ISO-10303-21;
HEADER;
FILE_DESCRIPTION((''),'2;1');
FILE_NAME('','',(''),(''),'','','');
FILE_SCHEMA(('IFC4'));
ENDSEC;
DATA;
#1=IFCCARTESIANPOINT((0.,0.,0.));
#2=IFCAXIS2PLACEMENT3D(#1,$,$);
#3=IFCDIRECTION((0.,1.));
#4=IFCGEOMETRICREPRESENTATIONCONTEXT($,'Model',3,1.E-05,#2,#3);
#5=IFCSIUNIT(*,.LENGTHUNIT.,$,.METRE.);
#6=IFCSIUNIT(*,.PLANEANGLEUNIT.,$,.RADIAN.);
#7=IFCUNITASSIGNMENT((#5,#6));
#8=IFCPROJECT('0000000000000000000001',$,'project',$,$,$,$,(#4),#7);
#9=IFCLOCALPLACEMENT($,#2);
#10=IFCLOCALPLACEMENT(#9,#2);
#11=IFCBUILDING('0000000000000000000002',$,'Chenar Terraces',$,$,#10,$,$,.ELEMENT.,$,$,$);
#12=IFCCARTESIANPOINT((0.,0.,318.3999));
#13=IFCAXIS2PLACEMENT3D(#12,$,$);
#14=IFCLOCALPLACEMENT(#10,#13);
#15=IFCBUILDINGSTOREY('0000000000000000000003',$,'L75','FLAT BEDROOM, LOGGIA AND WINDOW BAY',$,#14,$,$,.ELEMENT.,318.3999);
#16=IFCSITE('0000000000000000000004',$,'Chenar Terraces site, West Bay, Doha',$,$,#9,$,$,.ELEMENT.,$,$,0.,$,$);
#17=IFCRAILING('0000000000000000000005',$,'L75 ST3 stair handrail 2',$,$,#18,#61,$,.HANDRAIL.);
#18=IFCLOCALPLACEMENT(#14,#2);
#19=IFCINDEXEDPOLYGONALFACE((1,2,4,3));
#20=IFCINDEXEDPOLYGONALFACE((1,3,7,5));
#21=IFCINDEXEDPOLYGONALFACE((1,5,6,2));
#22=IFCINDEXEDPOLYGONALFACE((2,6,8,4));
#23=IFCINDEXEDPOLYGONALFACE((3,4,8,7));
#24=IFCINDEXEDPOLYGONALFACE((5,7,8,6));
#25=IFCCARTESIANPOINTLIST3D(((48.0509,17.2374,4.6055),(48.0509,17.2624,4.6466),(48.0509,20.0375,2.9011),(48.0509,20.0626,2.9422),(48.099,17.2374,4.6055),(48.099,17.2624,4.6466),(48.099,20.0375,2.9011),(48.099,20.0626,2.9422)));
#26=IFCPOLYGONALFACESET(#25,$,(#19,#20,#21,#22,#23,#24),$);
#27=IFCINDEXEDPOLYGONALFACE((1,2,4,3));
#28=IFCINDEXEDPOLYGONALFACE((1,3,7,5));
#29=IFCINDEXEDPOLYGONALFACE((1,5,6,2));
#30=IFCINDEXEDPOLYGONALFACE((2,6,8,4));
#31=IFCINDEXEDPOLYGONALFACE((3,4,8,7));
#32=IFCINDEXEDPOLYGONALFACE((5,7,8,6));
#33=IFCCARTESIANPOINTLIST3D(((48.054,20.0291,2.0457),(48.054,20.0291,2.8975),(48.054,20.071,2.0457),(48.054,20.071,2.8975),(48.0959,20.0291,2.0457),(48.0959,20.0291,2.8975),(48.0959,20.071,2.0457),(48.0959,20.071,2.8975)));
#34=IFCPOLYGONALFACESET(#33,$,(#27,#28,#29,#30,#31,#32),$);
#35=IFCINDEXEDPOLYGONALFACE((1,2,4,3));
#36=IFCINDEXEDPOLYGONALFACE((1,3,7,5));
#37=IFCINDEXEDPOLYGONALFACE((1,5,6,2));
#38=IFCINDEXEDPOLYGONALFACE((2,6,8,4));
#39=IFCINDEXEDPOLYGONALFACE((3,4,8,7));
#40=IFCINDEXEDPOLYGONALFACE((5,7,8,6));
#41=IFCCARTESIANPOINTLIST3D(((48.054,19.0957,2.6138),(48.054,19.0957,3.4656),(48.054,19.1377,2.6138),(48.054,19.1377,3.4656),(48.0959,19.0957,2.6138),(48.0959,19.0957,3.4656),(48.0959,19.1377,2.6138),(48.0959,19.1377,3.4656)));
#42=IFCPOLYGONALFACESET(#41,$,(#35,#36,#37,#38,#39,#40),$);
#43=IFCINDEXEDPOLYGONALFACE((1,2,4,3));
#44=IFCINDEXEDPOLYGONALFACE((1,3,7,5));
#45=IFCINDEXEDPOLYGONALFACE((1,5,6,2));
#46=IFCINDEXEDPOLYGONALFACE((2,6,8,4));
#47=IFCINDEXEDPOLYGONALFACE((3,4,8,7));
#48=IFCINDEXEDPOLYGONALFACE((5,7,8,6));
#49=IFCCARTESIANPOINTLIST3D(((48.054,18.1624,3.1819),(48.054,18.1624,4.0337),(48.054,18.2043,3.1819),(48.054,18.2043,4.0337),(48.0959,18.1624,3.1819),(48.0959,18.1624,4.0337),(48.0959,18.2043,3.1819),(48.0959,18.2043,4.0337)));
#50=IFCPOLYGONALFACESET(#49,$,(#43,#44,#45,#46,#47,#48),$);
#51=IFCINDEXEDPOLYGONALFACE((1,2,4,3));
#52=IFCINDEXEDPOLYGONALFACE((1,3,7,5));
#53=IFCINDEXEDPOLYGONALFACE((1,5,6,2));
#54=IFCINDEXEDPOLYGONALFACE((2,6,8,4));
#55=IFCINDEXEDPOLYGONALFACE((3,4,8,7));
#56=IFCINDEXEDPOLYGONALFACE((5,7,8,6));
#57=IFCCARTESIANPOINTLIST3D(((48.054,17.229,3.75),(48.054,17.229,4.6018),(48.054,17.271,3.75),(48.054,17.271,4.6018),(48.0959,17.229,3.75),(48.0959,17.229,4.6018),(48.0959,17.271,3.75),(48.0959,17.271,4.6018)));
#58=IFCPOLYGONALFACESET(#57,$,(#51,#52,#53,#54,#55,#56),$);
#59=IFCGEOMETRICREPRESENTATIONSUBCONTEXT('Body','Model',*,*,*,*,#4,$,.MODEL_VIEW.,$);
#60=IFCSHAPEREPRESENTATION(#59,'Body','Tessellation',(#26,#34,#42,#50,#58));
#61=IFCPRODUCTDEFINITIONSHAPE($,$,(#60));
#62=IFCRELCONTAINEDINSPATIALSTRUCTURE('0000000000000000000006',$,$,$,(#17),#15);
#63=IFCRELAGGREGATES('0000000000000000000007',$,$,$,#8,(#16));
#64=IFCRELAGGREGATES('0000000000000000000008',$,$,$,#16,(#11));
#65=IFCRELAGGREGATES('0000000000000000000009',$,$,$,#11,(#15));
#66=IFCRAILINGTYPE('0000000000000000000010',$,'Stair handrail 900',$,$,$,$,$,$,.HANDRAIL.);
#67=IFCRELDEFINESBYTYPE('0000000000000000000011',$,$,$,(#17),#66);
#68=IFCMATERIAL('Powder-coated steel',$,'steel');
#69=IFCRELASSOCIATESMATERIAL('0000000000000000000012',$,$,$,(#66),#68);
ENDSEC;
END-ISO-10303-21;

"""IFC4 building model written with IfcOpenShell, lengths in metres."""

from ifc_helpers import new_model, si_unit, direction, frame, origin, origin_2d, place, context, subcontext, project, spatial, rectangle, extrude, material, type_object, element, save


model = new_model("IFC4")

# Units and contexts
model_context = context("Model", 3, precision=1e-05, world=origin(), true_north=direction((0.0, 1.0)))
body_context = subcontext(model_context, "Body", "Model", "MODEL_VIEW")
ifc_project = project(units=[si_unit("LENGTHUNIT", "METRE"), si_unit("PLANEANGLEUNIT", "RADIAN")], contexts=[model_context])

# Site, building, storey
site_placement = place(None, origin())
site = spatial("IfcSite", under=ifc_project, at=site_placement, Name="Chenar Terraces site, West Bay, Doha", CompositionType="ELEMENT", RefElevation=0.0)
building_placement = place(site_placement, origin())
building = spatial("IfcBuilding", under=site, at=building_placement, Name="Chenar Terraces", CompositionType="ELEMENT")
storey_placement = place(building_placement, frame((0.0, 0.0, 318.3999)))
storey = spatial("IfcBuildingStorey", under=building, at=storey_placement, Name="L75", Description="FLAT BEDROOM, LOGGIA AND WINDOW BAY", CompositionType="ELEMENT", Elevation=318.3999)

# Railing
ifc_material_1 = material(Name="Powder-coated steel", Category="steel")
railing_type_1 = type_object("IfcRailingType", Name="Stair handrail 900", PredefinedType="HANDRAIL", material=ifc_material_1)
railing_1_placement = place(storey_placement, frame((48.075, 20.05, 2.0457)))
element("IfcRailing", 1, at=railing_1_placement, inside=storey, type_object=railing_type_1, Name="L75 ST3 stair handrail 2", PredefinedType="HANDRAIL", context=body_context, shape_type="SweptSolid", body=[
    extrude(rectangle(XDim=0.0481, YDim=0.0481, at=origin_2d()), frame((0.0, 0.0, 0.876), z_axis=(0.0, -0.854203, 0.51994), x_axis=(1.0, 0.0, 0.0)), (0.0, 0.0, 1.0), 3.2781),
    extrude(rectangle(XDim=0.042, YDim=0.042, at=origin_2d()), origin(), (0.0, 0.0, 1.0), 0.8518),
    extrude(rectangle(XDim=0.042, YDim=0.042, at=origin_2d()), frame((0.0, -0.9333, 0.5681)), (0.0, 0.0, 1.0), 0.8518),
    extrude(rectangle(XDim=0.042, YDim=0.042, at=origin_2d()), frame((0.0, -1.8667, 1.1362)), (0.0, 0.0, 1.0), 0.8518),
    extrude(rectangle(XDim=0.042, YDim=0.042, at=origin_2d()), frame((0.0, -2.8, 1.7043)), (0.0, 0.0, 1.0), 0.8518),
])

save(model, "model.ifc")
